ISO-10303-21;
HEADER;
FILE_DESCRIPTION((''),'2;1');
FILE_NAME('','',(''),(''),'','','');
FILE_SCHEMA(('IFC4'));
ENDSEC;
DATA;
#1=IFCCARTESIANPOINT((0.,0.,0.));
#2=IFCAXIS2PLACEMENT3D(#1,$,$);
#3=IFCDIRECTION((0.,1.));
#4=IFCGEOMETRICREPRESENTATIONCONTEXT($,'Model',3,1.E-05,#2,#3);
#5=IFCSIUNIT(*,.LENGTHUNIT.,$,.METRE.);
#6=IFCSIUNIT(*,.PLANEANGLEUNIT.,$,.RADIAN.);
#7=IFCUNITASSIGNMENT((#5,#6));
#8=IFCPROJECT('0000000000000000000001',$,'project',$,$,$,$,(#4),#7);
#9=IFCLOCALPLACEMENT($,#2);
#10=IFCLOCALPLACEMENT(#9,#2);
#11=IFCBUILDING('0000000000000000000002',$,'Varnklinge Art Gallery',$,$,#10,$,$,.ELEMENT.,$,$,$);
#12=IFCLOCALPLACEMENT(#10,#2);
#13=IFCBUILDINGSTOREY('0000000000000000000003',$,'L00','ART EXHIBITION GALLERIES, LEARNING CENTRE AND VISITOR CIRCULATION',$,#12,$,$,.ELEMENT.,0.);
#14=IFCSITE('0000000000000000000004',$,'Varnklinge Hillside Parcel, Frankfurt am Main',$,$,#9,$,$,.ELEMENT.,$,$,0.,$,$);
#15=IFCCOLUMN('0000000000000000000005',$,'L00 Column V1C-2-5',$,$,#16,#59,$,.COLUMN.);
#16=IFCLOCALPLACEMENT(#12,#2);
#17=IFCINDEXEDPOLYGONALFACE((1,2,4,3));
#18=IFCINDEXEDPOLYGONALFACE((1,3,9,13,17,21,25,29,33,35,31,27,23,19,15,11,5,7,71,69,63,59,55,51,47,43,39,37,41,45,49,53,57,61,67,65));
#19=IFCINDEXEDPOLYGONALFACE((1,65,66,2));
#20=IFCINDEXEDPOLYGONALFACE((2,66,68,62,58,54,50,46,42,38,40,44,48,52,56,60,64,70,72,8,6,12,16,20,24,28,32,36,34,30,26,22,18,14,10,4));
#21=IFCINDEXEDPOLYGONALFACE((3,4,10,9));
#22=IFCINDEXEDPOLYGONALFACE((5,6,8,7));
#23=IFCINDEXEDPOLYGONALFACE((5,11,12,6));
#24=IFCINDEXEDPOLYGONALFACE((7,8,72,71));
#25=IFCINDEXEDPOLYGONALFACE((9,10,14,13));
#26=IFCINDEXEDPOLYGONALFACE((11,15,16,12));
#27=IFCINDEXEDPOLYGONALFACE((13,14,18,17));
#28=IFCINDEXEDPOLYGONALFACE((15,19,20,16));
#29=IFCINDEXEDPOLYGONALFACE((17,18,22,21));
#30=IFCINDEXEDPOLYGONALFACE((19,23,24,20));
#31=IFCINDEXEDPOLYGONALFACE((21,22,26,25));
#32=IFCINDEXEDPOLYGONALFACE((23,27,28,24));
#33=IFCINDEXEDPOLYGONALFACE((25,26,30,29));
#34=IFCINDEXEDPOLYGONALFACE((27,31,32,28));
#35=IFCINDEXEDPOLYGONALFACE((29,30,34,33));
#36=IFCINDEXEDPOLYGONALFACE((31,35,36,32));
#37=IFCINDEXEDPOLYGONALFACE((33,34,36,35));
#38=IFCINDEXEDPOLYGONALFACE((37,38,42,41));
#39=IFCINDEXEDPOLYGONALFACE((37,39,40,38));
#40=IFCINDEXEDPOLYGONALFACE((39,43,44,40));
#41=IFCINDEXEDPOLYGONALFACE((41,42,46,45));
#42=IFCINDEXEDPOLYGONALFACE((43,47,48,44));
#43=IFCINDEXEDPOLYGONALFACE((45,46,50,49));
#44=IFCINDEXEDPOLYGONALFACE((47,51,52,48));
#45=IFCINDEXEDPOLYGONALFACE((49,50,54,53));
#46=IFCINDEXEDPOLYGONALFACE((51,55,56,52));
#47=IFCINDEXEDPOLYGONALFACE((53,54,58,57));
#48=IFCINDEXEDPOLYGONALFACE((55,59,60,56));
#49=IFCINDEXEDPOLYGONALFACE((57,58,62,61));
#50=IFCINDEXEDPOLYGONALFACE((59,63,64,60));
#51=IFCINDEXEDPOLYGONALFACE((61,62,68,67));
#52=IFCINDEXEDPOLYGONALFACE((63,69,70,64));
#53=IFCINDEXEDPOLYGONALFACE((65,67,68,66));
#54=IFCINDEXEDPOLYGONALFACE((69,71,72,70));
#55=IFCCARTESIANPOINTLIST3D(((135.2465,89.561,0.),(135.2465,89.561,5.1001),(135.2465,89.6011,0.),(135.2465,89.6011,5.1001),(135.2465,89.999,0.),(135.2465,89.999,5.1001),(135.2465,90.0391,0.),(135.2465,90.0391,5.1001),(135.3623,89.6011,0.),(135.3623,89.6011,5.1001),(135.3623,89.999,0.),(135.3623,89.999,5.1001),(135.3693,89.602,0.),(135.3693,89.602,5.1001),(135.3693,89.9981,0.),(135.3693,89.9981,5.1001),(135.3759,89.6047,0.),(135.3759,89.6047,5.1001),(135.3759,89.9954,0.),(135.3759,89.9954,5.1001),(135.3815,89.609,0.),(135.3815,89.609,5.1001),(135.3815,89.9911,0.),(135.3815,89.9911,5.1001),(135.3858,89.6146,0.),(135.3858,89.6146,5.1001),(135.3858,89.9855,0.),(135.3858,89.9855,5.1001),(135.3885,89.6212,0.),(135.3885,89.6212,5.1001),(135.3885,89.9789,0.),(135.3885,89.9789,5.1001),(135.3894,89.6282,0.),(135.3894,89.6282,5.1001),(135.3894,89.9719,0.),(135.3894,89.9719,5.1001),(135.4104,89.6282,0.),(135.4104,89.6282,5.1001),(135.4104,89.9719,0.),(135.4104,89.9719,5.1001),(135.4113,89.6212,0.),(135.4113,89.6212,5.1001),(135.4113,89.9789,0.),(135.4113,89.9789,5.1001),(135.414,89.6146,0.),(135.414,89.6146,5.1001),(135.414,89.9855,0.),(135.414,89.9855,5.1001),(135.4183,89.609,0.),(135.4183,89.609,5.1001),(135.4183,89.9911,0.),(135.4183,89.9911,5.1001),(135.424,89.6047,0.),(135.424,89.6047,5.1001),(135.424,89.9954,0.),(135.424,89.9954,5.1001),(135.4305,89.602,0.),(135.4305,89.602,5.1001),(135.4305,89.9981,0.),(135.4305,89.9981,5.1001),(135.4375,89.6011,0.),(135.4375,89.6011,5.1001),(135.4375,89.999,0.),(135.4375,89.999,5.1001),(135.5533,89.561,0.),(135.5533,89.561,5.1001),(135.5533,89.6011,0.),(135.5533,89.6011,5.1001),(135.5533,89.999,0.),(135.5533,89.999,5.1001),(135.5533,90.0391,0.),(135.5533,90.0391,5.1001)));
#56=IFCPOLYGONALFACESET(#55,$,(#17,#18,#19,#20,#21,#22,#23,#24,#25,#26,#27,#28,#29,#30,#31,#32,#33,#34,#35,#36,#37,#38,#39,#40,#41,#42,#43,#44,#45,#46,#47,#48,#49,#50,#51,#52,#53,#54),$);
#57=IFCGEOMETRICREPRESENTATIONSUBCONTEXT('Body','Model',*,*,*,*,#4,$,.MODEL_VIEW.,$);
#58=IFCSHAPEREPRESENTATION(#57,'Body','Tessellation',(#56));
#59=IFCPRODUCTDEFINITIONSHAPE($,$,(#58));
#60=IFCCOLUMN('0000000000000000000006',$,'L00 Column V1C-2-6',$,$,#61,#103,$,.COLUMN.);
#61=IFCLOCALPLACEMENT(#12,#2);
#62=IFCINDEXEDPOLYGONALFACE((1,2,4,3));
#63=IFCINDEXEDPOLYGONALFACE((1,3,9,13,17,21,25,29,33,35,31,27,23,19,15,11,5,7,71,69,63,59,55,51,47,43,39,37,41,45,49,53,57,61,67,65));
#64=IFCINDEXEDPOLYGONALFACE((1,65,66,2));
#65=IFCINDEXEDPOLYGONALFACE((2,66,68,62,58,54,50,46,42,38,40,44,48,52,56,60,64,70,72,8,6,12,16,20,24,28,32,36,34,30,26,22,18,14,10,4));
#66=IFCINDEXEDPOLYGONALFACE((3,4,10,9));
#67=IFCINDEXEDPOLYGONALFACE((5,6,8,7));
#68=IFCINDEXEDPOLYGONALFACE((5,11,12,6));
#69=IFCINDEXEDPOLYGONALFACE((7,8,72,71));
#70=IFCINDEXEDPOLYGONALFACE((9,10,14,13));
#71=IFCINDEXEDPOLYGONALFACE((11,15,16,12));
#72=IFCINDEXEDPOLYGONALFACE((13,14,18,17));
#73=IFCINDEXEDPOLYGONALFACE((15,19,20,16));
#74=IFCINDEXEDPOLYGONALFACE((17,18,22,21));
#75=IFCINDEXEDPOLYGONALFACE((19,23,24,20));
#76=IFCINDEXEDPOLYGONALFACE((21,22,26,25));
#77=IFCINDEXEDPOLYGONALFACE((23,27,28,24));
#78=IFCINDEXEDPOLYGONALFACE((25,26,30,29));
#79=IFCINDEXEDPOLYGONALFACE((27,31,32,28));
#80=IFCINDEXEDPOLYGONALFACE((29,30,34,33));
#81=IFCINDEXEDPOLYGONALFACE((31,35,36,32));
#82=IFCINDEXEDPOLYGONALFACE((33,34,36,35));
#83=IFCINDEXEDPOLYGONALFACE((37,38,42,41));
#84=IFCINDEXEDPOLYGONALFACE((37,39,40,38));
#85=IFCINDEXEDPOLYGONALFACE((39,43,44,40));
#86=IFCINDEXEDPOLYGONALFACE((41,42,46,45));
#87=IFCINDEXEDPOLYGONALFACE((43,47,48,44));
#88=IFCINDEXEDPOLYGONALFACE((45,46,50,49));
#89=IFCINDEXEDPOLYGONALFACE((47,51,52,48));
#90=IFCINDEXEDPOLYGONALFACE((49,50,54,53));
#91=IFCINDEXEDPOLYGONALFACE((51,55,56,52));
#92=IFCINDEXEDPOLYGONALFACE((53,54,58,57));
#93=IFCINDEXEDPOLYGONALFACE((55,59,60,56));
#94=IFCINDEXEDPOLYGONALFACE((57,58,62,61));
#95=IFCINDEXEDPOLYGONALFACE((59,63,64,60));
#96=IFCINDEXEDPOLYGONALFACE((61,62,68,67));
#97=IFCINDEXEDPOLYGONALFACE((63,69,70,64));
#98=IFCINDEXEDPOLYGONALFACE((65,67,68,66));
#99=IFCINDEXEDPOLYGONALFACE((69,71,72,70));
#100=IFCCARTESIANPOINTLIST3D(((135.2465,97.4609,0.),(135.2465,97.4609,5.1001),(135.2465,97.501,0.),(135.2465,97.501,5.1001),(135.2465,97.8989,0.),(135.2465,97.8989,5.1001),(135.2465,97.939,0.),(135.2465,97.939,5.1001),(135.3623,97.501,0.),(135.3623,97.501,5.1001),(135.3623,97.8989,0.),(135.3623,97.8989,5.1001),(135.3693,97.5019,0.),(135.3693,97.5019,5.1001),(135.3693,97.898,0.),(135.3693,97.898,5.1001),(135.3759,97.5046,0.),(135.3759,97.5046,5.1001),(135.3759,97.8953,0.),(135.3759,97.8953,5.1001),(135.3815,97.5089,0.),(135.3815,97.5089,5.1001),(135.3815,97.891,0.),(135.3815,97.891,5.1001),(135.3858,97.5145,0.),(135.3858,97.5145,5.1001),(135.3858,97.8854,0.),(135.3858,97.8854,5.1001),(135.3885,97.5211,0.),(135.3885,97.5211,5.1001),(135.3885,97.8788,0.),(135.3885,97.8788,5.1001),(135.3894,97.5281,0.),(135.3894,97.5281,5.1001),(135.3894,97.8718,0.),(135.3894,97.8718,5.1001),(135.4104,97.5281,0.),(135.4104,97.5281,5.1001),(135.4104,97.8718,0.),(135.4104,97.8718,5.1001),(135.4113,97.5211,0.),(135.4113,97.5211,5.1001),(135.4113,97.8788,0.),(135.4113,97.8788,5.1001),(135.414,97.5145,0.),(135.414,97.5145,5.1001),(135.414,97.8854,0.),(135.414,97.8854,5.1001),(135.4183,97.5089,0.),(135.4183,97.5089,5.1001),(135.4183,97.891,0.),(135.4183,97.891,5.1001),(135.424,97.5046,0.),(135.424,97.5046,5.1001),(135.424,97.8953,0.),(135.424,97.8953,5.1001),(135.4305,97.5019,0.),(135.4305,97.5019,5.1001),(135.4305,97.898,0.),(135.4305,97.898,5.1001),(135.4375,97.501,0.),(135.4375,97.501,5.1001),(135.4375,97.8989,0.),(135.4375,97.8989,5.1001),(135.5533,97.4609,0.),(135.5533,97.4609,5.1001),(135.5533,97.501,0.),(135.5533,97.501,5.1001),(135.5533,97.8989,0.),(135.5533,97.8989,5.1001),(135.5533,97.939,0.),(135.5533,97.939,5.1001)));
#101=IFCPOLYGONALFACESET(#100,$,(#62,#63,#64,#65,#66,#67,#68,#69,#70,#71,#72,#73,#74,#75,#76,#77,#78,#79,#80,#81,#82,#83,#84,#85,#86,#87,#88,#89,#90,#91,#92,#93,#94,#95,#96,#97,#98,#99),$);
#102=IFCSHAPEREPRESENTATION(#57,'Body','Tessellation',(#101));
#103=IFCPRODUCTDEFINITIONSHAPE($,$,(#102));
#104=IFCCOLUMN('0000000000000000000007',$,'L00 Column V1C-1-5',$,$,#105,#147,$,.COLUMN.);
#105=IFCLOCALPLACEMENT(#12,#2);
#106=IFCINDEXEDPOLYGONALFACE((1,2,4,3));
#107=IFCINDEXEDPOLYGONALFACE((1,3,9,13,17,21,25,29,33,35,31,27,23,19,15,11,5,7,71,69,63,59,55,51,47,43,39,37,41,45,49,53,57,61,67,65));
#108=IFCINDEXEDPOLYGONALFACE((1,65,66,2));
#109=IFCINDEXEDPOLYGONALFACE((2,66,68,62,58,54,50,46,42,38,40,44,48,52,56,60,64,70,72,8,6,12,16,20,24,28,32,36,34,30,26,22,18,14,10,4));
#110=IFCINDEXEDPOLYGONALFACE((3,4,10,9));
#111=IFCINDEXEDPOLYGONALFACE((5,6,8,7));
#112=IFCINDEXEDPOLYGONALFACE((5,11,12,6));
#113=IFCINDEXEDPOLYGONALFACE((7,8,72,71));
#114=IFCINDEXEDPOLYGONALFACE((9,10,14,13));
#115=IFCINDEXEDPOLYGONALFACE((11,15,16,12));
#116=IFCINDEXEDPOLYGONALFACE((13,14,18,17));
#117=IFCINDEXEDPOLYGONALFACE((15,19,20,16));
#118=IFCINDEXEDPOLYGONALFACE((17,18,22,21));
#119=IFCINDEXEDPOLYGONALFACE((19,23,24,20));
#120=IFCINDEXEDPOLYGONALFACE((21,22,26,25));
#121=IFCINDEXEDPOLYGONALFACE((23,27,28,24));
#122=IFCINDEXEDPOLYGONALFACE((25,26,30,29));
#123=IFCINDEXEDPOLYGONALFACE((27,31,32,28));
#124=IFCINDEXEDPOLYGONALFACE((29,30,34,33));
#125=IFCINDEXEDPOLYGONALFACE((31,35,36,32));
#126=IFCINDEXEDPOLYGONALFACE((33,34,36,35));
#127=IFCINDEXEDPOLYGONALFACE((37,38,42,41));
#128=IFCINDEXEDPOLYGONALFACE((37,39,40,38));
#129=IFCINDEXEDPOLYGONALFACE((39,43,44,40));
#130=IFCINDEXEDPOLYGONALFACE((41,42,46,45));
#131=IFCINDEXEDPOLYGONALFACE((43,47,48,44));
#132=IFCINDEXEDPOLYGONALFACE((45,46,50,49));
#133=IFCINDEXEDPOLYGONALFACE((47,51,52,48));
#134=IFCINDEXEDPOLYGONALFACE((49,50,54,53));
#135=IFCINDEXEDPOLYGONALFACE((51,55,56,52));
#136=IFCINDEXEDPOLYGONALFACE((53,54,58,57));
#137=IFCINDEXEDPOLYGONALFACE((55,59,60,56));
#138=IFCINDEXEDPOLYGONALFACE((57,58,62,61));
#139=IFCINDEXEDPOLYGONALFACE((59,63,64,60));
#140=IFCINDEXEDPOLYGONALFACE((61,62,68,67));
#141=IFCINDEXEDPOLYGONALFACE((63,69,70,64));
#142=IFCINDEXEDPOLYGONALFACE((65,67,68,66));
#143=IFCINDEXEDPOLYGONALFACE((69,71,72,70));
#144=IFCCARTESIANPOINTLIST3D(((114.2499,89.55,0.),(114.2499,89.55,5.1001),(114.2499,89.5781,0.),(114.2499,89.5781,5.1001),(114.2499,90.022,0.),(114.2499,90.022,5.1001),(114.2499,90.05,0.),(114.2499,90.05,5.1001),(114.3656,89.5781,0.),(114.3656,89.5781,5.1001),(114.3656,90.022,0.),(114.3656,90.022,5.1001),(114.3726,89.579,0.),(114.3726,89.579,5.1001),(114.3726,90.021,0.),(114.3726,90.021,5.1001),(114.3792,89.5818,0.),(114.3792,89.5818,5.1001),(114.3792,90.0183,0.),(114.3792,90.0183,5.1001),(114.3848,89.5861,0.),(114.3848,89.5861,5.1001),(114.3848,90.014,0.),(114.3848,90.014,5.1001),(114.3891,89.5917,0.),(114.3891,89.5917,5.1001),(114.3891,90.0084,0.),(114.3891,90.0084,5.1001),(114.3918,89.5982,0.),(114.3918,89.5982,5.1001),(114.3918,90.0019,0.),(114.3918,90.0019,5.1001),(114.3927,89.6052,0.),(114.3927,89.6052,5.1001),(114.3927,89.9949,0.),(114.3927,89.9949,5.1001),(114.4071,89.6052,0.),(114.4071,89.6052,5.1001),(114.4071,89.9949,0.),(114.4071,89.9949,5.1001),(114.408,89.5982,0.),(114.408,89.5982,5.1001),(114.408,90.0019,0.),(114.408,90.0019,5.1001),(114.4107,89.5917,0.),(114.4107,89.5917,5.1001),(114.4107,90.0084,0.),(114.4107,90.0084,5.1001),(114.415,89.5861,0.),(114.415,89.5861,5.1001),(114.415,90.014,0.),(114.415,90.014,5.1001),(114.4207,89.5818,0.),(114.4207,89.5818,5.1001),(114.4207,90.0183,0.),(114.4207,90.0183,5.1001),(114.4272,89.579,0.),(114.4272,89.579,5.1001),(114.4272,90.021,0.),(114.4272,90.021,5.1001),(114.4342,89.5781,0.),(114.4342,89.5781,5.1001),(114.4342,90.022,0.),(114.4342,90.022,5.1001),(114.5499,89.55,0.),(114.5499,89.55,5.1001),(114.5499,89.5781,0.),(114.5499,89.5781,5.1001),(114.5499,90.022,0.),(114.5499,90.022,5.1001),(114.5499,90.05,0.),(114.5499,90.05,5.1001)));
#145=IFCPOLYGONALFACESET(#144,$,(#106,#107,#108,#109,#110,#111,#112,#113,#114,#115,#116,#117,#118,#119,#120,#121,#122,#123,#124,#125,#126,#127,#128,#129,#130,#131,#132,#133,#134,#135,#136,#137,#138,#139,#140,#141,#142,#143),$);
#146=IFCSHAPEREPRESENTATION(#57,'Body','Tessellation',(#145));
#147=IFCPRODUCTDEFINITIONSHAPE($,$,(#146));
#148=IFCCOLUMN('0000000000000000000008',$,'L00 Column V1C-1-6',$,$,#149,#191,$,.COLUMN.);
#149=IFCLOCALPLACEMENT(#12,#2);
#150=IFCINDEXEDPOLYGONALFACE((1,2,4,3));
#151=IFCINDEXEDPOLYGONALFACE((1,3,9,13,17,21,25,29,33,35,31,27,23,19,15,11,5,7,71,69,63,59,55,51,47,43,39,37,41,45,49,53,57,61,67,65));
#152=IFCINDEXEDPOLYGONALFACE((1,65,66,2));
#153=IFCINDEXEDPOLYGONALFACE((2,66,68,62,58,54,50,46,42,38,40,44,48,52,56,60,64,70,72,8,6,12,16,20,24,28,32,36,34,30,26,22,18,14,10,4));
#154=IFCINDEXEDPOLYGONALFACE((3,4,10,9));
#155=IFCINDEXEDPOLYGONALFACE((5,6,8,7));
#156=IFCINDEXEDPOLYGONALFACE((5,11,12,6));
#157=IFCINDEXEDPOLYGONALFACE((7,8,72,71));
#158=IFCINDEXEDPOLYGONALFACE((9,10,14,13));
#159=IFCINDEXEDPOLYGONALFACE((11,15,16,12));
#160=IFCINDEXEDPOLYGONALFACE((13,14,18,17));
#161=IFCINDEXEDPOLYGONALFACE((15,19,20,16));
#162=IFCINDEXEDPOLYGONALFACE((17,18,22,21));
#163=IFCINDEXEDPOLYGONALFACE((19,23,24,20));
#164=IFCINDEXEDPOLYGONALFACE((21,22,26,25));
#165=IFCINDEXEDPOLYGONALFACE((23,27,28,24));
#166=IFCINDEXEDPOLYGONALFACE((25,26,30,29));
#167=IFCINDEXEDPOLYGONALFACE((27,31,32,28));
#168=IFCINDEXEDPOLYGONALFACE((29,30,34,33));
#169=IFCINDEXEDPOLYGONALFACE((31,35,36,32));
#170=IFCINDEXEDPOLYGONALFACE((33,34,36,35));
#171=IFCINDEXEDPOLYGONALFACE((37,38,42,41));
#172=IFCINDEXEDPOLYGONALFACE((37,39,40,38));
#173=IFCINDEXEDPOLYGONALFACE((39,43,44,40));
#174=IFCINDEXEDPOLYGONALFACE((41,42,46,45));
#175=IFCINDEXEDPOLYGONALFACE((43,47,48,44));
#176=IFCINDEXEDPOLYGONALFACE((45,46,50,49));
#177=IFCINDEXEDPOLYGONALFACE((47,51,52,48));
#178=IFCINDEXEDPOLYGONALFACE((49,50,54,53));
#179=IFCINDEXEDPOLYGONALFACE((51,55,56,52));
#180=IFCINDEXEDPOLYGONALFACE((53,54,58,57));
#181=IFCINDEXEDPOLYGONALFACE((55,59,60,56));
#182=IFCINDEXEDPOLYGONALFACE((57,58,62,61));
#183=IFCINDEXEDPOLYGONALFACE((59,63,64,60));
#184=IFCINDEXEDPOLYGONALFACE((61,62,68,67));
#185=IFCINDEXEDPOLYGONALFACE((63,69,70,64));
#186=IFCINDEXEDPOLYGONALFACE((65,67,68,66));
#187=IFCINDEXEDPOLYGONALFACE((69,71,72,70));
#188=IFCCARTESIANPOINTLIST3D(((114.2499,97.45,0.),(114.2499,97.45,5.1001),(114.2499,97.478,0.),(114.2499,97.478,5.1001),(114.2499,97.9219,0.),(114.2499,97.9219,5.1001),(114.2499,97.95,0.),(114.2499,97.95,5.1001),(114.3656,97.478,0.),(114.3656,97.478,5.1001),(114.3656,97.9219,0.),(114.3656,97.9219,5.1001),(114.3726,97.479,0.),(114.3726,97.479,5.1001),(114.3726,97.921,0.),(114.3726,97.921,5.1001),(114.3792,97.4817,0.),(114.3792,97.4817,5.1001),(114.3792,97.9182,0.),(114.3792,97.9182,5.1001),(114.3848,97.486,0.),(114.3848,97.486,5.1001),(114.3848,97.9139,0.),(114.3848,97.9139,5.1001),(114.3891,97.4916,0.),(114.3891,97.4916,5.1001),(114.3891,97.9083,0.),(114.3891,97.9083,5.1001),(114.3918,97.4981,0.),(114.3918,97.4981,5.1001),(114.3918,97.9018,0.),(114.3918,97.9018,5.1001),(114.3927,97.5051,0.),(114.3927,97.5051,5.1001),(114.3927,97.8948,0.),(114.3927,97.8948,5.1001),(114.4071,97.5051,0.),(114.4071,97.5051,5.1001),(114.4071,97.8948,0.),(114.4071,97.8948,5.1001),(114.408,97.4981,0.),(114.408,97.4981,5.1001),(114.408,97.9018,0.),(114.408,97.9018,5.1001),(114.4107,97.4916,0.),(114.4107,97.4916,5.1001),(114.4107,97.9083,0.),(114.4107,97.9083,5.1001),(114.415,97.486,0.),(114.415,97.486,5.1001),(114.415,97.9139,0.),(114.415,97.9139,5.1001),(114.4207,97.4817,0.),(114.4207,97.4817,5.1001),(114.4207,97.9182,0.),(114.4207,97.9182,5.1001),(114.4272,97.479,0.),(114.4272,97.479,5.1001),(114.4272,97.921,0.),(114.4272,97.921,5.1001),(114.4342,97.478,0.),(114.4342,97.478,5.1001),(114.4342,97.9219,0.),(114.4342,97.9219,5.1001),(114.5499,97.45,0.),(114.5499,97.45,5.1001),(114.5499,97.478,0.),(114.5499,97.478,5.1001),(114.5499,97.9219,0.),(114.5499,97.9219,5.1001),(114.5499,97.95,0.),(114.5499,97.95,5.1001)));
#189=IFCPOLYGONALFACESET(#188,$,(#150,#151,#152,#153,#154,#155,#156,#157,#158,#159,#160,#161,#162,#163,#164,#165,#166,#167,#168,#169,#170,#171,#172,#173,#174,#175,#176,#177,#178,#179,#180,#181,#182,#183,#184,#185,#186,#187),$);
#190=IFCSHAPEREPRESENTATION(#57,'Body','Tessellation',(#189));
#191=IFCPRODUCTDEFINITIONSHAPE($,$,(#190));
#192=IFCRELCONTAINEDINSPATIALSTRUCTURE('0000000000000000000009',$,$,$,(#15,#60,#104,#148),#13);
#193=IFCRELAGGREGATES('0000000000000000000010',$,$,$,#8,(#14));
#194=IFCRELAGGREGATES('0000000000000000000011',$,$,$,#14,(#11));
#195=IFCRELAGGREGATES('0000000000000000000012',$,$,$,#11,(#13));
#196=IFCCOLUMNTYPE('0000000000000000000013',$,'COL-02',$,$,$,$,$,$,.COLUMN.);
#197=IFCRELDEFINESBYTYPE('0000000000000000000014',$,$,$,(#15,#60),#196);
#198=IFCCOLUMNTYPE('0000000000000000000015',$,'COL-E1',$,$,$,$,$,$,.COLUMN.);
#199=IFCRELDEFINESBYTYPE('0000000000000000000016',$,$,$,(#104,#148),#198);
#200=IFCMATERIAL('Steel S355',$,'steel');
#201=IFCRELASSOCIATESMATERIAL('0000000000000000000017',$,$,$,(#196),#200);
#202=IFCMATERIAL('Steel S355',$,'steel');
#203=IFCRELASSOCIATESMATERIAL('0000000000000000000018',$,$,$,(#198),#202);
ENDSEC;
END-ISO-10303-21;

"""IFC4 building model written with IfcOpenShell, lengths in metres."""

from ifc_helpers import new_model, si_unit, direction, frame, origin, origin_2d, place, context, subcontext, project, spatial, i_section, extrude, material, material_profile, profile_set, type_object, element, save


model = new_model("IFC4")

# Units and contexts
model_context = context("Model", 3, precision=1e-05, world=origin(), true_north=direction((0.0, 1.0)))
body_context = subcontext(model_context, "Body", "Model", "MODEL_VIEW")
ifc_project = project(units=[si_unit("LENGTHUNIT", "METRE"), si_unit("PLANEANGLEUNIT", "RADIAN")], contexts=[model_context])

# Site, building, storey
site_placement = place(None, origin())
site = spatial("IfcSite", under=ifc_project, at=site_placement, Name="Varnklinge Hillside Parcel, Frankfurt am Main", CompositionType="ELEMENT", RefElevation=0.0)
building_placement = place(site_placement, origin())
building = spatial("IfcBuilding", under=site, at=building_placement, Name="Varnklinge Art Gallery", CompositionType="ELEMENT")
storey_placement = place(building_placement, origin())
storey = spatial("IfcBuildingStorey", under=building, at=storey_placement, Name="L00", Description="ART EXHIBITION GALLERIES, LEARNING CENTRE AND VISITOR CIRCULATION", CompositionType="ELEMENT", Elevation=0.0)

# Columns
ifc_material_1 = material(Name="Steel S355", Category="steel")
ifc_material_profile_1 = material_profile(ifc_material_1, i_section(OverallWidth=0.3069, OverallDepth=0.478, WebThickness=0.021, FlangeThickness=0.04, FilletRadius=0.0271, at=origin_2d()), Name="HEM 450")
ifc_profile_set_1 = profile_set([ifc_material_profile_1], Name="Steel S355")
column_type_1 = type_object("IfcColumnType", Name="COL-02", PredefinedType="COLUMN", material=ifc_profile_set_1)
for number, where, z_axis, x_axis, name in (
    (1, (135.3999, 89.8, 0.0), (0.0, 0.0, 1.0), (1.0, 0.0, 0.0), "L00 Column V1C-2-5"),
    (2, (135.3999, 97.7, 0.0), (0.0, 0.0, 1.0), (1.0, 0.0, 0.0), "L00 Column V1C-2-6"),
):
    element("IfcColumn", number, at=place(storey_placement, frame(where, z_axis=z_axis, x_axis=x_axis)), inside=storey, type_object=column_type_1, Name=name, PredefinedType="COLUMN", context=body_context, shape_type="SweptSolid", body=[
        extrude(i_section(OverallWidth=0.3069, OverallDepth=0.478, WebThickness=0.021, FlangeThickness=0.04, FilletRadius=0.0271, at=origin_2d()), origin(), (0.0, 0.0, 1.0), 5.1001),
    ])
ifc_material_2 = material(Name="Steel S355", Category="steel")
ifc_material_profile_2 = material_profile(ifc_material_2, i_section(OverallWidth=0.3, OverallDepth=0.5, WebThickness=0.0144, FlangeThickness=0.0281, FilletRadius=0.0271, at=origin_2d()), Name="HEB 500")
ifc_profile_set_2 = profile_set([ifc_material_profile_2], Name="Steel S355")
column_type_2 = type_object("IfcColumnType", Name="COL-E1", PredefinedType="COLUMN", material=ifc_profile_set_2)
for number, where, z_axis, x_axis, name in (
    (3, (114.3999, 89.8, 0.0), (0.0, 0.0, 1.0), (1.0, 0.0, 0.0), "L00 Column V1C-1-5"),
    (4, (114.3999, 97.7, 0.0), (0.0, 0.0, 1.0), (1.0, 0.0, 0.0), "L00 Column V1C-1-6"),
):
    element("IfcColumn", number, at=place(storey_placement, frame(where, z_axis=z_axis, x_axis=x_axis)), inside=storey, type_object=column_type_2, Name=name, PredefinedType="COLUMN", context=body_context, shape_type="SweptSolid", body=[
        extrude(i_section(OverallWidth=0.3, OverallDepth=0.5, WebThickness=0.0144, FlangeThickness=0.0281, FilletRadius=0.0271, at=origin_2d()), origin(), (0.0, 0.0, 1.0), 5.1001),
    ])

save(model, "model.ifc")
